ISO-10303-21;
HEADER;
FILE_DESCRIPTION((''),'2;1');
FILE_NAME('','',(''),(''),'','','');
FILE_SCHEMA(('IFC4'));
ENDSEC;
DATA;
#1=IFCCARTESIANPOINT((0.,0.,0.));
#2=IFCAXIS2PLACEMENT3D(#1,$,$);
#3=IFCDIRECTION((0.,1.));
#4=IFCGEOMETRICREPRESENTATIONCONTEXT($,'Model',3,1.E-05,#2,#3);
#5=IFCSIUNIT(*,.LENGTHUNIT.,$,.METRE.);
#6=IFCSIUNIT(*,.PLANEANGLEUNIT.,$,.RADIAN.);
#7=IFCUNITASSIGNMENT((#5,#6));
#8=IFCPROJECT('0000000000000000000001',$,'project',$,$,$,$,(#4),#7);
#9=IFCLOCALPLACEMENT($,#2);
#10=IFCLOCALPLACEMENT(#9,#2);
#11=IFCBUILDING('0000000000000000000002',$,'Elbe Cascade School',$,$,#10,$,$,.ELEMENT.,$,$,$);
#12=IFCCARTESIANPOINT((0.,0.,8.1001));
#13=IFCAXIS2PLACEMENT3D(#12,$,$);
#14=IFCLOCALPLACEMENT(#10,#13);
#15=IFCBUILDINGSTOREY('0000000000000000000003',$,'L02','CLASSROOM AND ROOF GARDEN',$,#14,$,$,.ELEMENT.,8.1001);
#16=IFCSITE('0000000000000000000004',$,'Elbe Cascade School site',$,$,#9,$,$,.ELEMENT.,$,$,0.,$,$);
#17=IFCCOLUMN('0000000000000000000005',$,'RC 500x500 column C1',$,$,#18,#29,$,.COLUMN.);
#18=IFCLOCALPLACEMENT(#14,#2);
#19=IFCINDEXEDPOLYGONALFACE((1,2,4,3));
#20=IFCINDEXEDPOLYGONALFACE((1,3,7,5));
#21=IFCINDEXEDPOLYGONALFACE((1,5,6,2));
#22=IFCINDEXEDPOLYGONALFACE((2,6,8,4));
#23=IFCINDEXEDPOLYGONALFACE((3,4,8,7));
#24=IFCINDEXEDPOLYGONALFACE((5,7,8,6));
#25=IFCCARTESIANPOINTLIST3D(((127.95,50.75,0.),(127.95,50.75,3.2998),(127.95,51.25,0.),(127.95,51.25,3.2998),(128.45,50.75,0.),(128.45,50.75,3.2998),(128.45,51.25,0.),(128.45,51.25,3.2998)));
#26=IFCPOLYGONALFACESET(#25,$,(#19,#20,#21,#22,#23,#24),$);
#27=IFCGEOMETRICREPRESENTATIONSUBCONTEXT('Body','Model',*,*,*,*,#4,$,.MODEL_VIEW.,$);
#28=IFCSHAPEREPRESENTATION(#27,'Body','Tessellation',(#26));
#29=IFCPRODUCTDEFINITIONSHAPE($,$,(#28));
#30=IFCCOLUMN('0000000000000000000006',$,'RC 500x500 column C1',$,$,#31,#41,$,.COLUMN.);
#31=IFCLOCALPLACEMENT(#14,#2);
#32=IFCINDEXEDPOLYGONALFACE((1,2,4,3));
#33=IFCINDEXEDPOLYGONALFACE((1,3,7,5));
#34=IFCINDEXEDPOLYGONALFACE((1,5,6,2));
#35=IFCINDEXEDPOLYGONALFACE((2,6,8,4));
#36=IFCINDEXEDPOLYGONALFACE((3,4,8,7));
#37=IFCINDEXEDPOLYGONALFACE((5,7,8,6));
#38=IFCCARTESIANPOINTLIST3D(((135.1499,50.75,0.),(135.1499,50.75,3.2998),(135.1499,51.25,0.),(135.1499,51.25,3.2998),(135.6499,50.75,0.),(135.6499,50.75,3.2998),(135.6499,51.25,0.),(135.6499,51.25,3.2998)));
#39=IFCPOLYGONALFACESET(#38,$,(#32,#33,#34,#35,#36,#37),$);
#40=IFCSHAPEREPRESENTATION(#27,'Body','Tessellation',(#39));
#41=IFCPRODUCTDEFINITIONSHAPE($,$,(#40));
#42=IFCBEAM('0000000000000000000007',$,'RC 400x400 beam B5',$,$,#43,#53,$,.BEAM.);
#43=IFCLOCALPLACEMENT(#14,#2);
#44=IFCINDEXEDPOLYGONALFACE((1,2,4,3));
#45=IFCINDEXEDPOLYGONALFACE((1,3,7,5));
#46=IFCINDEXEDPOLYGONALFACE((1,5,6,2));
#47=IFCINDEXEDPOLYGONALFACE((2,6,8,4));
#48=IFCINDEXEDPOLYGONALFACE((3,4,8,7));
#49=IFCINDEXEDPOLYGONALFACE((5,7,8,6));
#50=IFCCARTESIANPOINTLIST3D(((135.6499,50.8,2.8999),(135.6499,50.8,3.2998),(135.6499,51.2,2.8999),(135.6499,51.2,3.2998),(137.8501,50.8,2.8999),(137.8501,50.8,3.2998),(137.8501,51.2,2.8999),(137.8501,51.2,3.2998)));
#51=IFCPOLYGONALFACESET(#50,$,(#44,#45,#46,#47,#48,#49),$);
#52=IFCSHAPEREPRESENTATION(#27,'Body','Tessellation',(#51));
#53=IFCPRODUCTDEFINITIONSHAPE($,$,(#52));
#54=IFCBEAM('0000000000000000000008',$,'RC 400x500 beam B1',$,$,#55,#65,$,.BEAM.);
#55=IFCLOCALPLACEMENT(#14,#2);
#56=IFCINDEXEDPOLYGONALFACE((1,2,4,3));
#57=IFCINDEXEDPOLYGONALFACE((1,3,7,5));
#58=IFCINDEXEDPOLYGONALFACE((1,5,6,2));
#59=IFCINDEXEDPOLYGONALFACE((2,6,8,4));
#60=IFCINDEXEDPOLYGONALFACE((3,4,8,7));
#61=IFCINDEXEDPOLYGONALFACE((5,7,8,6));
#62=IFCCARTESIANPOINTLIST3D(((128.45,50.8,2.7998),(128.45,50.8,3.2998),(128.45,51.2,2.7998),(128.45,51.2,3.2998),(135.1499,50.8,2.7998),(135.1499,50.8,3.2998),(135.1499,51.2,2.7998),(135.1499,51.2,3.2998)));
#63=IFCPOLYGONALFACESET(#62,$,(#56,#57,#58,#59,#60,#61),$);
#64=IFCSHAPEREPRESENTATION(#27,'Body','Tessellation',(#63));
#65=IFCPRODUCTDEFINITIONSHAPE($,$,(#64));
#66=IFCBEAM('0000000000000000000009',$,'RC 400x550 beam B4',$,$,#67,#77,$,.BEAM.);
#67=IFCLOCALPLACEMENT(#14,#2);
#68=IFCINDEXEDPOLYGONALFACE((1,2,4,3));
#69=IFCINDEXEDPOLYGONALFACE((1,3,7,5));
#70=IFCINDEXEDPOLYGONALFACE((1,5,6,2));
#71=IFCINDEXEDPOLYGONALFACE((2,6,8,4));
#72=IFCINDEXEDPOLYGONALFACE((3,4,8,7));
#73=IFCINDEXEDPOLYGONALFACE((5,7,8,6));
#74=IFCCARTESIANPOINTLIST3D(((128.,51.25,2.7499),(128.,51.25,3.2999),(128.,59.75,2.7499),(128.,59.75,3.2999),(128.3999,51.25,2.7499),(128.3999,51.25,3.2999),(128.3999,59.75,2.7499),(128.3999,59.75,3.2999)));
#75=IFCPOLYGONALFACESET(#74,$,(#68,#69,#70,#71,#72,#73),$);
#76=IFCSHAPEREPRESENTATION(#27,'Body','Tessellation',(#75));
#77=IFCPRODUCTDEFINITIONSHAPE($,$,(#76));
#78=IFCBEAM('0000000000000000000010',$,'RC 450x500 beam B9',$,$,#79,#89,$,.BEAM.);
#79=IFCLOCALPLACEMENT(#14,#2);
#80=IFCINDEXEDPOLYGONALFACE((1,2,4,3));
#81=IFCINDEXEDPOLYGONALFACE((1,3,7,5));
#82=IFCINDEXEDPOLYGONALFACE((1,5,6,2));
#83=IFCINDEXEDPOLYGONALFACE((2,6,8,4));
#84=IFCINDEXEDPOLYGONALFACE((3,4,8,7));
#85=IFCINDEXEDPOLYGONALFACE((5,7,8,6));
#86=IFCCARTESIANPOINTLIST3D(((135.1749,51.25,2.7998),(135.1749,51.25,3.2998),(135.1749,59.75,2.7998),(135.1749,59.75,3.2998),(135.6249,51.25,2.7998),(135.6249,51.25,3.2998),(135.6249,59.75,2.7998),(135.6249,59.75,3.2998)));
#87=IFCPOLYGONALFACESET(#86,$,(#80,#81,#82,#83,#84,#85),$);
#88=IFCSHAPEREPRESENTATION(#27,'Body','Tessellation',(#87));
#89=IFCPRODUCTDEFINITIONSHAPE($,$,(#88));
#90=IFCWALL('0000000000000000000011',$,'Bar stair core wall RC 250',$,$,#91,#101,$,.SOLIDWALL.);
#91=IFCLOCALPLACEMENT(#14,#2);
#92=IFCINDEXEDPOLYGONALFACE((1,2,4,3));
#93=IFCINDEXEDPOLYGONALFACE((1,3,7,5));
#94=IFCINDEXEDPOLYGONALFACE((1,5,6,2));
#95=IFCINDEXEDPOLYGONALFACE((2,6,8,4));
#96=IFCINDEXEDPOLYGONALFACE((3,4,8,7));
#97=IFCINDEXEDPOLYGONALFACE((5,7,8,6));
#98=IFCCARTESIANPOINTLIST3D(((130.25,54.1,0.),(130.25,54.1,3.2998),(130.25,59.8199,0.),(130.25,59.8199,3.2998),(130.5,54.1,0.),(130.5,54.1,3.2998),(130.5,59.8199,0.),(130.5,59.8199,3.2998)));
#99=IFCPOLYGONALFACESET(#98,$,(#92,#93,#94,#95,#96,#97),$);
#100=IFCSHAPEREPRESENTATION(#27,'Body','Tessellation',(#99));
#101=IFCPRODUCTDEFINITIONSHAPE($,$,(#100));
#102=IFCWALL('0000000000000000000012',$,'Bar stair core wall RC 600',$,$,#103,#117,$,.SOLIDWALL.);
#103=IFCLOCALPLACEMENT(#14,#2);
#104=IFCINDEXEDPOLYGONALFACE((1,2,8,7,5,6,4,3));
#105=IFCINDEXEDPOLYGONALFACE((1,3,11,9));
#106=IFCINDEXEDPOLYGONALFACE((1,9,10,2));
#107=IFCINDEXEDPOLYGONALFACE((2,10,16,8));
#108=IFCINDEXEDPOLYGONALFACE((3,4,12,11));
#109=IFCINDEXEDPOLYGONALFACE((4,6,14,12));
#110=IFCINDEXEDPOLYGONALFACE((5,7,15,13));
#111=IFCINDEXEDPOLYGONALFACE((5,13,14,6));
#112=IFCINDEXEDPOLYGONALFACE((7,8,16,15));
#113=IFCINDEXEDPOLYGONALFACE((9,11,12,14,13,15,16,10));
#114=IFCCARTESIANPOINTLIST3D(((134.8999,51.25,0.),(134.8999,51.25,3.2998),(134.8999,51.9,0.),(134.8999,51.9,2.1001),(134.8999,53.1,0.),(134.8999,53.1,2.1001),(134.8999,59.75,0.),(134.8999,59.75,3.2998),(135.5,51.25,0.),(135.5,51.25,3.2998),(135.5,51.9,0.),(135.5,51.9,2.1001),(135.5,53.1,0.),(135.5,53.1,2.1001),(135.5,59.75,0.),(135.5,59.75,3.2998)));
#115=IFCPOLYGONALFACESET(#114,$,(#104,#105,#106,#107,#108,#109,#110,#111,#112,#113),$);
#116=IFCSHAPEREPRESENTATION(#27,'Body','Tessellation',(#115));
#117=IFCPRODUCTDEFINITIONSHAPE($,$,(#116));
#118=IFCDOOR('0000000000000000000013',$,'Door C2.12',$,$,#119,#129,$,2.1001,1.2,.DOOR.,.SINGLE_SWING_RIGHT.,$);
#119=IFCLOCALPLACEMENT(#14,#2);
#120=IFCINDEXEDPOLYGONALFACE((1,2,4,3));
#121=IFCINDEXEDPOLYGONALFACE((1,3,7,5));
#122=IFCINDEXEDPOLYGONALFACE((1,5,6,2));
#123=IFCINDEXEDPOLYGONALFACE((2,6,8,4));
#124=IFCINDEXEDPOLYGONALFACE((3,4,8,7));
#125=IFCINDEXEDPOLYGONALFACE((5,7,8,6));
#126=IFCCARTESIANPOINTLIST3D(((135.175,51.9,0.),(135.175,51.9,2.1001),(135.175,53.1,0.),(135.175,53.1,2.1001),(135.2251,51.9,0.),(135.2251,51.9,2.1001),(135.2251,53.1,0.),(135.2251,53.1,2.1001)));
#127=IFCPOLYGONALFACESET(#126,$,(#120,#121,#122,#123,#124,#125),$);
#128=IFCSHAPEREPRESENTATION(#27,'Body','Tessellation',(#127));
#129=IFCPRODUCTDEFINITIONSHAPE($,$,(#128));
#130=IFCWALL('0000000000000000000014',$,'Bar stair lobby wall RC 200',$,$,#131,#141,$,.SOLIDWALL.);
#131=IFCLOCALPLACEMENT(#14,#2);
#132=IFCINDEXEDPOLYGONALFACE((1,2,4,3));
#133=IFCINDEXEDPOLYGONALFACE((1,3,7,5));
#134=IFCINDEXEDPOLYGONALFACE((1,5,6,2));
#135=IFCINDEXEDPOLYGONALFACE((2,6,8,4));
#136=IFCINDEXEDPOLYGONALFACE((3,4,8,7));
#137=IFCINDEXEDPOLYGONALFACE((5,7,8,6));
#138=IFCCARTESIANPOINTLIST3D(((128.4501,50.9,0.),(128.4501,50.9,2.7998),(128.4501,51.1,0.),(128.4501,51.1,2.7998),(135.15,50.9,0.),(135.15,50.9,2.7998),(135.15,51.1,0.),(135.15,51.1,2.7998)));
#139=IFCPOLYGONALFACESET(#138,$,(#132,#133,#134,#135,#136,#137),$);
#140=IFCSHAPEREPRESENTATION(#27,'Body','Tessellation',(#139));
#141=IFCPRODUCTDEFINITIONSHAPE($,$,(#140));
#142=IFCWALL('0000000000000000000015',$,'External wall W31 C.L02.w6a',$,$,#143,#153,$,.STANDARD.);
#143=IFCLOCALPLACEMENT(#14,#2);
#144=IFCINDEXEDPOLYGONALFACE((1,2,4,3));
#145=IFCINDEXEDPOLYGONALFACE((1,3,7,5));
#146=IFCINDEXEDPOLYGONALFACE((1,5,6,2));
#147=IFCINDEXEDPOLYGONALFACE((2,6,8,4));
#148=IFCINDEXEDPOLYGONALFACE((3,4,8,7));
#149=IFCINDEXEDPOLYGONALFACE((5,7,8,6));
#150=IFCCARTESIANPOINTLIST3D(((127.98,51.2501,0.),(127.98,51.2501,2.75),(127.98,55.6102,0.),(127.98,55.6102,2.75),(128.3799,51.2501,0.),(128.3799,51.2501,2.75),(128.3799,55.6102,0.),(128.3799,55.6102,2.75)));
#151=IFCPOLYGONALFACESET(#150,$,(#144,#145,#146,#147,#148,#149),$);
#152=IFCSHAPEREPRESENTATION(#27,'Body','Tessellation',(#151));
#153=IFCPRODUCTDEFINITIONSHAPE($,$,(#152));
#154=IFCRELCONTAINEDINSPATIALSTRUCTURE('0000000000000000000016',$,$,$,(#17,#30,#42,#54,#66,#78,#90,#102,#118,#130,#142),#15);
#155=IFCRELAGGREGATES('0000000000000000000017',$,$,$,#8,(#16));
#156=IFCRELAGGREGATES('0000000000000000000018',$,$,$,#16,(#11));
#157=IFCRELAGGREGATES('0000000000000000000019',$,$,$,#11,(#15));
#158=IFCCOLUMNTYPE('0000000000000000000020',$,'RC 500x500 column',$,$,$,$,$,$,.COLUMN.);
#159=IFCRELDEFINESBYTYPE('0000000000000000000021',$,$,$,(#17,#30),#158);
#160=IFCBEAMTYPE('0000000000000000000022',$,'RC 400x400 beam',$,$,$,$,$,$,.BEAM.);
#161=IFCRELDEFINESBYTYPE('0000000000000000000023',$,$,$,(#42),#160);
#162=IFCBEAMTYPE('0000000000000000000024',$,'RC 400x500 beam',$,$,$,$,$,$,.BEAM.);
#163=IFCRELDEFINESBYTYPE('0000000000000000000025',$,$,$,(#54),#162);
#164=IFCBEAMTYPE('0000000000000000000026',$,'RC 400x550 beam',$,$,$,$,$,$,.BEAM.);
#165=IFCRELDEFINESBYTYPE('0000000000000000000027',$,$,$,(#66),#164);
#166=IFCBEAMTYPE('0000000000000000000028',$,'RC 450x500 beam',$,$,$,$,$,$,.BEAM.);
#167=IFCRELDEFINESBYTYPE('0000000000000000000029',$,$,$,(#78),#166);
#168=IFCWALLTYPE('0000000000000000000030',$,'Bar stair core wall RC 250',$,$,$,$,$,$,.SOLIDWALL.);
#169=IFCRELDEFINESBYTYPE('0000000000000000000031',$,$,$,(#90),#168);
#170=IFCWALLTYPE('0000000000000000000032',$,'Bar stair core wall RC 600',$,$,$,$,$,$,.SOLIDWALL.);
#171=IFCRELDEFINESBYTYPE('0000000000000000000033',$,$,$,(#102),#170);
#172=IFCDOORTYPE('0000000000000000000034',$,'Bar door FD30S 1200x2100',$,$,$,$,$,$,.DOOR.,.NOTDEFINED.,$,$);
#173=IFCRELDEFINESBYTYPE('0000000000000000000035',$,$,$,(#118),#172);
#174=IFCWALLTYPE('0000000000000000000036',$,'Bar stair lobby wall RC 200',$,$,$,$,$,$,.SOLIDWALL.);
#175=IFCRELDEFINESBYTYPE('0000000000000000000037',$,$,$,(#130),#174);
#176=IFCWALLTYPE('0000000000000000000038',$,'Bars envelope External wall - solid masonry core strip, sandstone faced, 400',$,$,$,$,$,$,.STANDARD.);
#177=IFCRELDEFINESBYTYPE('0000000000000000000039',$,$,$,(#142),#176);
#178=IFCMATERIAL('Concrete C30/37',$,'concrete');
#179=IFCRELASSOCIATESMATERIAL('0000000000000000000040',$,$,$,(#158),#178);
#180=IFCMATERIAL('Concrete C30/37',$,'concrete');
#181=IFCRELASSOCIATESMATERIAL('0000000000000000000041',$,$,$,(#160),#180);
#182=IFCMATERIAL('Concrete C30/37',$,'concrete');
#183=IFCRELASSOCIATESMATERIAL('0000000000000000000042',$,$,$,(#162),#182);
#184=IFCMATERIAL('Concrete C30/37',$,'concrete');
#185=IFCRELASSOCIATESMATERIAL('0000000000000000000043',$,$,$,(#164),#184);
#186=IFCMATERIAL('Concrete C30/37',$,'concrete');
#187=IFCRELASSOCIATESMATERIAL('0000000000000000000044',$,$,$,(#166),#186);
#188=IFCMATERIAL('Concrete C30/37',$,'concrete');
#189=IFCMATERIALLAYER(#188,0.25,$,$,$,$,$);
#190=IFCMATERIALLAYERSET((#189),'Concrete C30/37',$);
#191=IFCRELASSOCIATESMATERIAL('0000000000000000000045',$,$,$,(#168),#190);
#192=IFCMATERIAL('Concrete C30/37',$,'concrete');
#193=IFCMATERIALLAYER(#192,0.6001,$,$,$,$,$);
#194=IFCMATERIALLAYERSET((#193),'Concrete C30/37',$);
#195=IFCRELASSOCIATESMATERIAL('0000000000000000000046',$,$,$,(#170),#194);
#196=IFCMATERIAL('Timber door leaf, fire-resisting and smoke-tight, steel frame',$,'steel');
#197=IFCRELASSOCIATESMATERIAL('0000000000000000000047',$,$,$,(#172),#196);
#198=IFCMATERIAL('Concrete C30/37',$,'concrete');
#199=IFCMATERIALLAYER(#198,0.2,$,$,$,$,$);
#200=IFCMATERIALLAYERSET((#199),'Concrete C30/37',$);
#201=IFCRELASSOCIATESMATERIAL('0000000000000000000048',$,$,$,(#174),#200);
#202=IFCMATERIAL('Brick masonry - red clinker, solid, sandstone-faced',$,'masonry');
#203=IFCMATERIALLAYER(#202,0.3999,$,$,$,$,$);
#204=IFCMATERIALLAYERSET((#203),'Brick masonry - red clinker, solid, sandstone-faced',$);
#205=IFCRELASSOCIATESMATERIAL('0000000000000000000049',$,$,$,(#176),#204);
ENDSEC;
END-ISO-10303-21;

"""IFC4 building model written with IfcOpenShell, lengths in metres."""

from ifc_helpers import new_model, si_unit, direction, frame, frame_2d, origin, origin_2d, place, context, subcontext, project, spatial, rectangle, extrude, material, layer, layer_set, material_profile, profile_set, type_object, element, fill, save


model = new_model("IFC4")

# Units and contexts
model_context = context("Model", 3, precision=1e-05, world=origin(), true_north=direction((0.0, 1.0)))
body_context = subcontext(model_context, "Body", "Model", "MODEL_VIEW")
ifc_project = project(units=[si_unit("LENGTHUNIT", "METRE"), si_unit("PLANEANGLEUNIT", "RADIAN")], contexts=[model_context])

# Site, building, storey
site_placement = place(None, origin())
site = spatial("IfcSite", under=ifc_project, at=site_placement, Name="Elbe Cascade School site", CompositionType="ELEMENT", RefElevation=0.0)
building_placement = place(site_placement, origin())
building = spatial("IfcBuilding", under=site, at=building_placement, Name="Elbe Cascade School", CompositionType="ELEMENT")
storey_placement = place(building_placement, frame((0.0, 0.0, 8.1001)))
storey = spatial("IfcBuildingStorey", under=building, at=storey_placement, Name="L02", Description="CLASSROOM AND ROOF GARDEN", CompositionType="ELEMENT", Elevation=8.1001)

# Columns
ifc_material_1 = material(Name="Concrete C30/37", Category="concrete")
ifc_material_profile_1 = material_profile(ifc_material_1, rectangle(XDim=0.5, YDim=0.5, at=origin_2d()), Name="RC 500x500")
ifc_profile_set_1 = profile_set([ifc_material_profile_1], Name="Concrete C30/37")
column_type = type_object("IfcColumnType", Name="RC 500x500 column", PredefinedType="COLUMN", material=ifc_profile_set_1)
for number, where, z_axis, x_axis, name in (
    (1, (128.2, 51.0, 0.0), (0.0, 0.0, 1.0), (1.0, 0.0, 0.0), "RC 500x500 column C1"),
    (2, (135.3999, 51.0, 0.0), (0.0, 0.0, 1.0), (1.0, 0.0, 0.0), "RC 500x500 column C1"),
):
    element("IfcColumn", number, at=place(storey_placement, frame(where, z_axis=z_axis, x_axis=x_axis)), inside=storey, type_object=column_type, Name=name, PredefinedType="COLUMN", context=body_context, shape_type="SweptSolid", body=[
        extrude(rectangle(XDim=0.5, YDim=0.5, at=origin_2d()), origin(), (0.0, 0.0, 1.0), 3.2998),
    ])

# Beams
ifc_material_2 = material(Name="Concrete C30/37", Category="concrete")
ifc_material_profile_2 = material_profile(ifc_material_2, rectangle(XDim=0.3999, YDim=0.3999, at=origin_2d()), Name="RC 400x400")
ifc_profile_set_2 = profile_set([ifc_material_profile_2], Name="Concrete C30/37")
beam_type_1 = type_object("IfcBeamType", Name="RC 400x400 beam", PredefinedType="BEAM", material=ifc_profile_set_2)
beam_1_placement = place(storey_placement, frame((135.6499, 51.0, 3.0999), z_axis=(1.0, 0.0, 0.0), x_axis=(0.0, 1.0, 0.0)))
element("IfcBeam", 3, at=beam_1_placement, inside=storey, type_object=beam_type_1, Name="RC 400x400 beam B5", PredefinedType="BEAM", context=body_context, shape_type="SweptSolid", body=[
    extrude(rectangle(XDim=0.3999, YDim=0.3999, at=origin_2d()), origin(), (0.0, 0.0, 1.0), 2.2002),
])
ifc_material_3 = material(Name="Concrete C30/37", Category="concrete")
ifc_material_profile_3 = material_profile(ifc_material_3, rectangle(XDim=0.3999, YDim=0.5, at=origin_2d()), Name="RC 400x500")
ifc_profile_set_3 = profile_set([ifc_material_profile_3], Name="Concrete C30/37")
beam_type_2 = type_object("IfcBeamType", Name="RC 400x500 beam", PredefinedType="BEAM", material=ifc_profile_set_3)
beam_2_placement = place(storey_placement, frame((128.45, 51.0, 3.0498), z_axis=(1.0, 0.0, 0.0), x_axis=(0.0, 1.0, 0.0)))
element("IfcBeam", 4, at=beam_2_placement, inside=storey, type_object=beam_type_2, Name="RC 400x500 beam B1", PredefinedType="BEAM", context=body_context, shape_type="SweptSolid", body=[
    extrude(rectangle(XDim=0.3999, YDim=0.5, at=origin_2d()), origin(), (0.0, 0.0, 1.0), 6.7),
])
ifc_material_4 = material(Name="Concrete C30/37", Category="concrete")
ifc_material_profile_4 = material_profile(ifc_material_4, rectangle(XDim=0.3999, YDim=0.55, at=origin_2d()), Name="RC 400x550")
ifc_profile_set_4 = profile_set([ifc_material_profile_4], Name="Concrete C30/37")
beam_type_3 = type_object("IfcBeamType", Name="RC 400x550 beam", PredefinedType="BEAM", material=ifc_profile_set_4)
beam_3_placement = place(storey_placement, frame((128.2, 51.25, 3.0249), z_axis=(0.0, 1.0, 0.0), x_axis=(-1.0, 0.0, 0.0)))
element("IfcBeam", 5, at=beam_3_placement, inside=storey, type_object=beam_type_3, Name="RC 400x550 beam B4", PredefinedType="BEAM", context=body_context, shape_type="SweptSolid", body=[
    extrude(rectangle(XDim=0.3999, YDim=0.55, at=origin_2d()), origin(), (0.0, 0.0, 1.0), 8.5),
])
ifc_material_5 = material(Name="Concrete C30/37", Category="concrete")
ifc_material_profile_5 = material_profile(ifc_material_5, rectangle(XDim=0.45, YDim=0.5, at=origin_2d()), Name="RC 450x500")
ifc_profile_set_5 = profile_set([ifc_material_profile_5], Name="Concrete C30/37")
beam_type_4 = type_object("IfcBeamType", Name="RC 450x500 beam", PredefinedType="BEAM", material=ifc_profile_set_5)
beam_4_placement = place(storey_placement, frame((135.3999, 51.25, 3.0498), z_axis=(0.0, 1.0, 0.0), x_axis=(-1.0, 0.0, 0.0)))
element("IfcBeam", 6, at=beam_4_placement, inside=storey, type_object=beam_type_4, Name="RC 450x500 beam B9", PredefinedType="BEAM", context=body_context, shape_type="SweptSolid", body=[
    extrude(rectangle(XDim=0.45, YDim=0.5, at=origin_2d()), origin(), (0.0, 0.0, 1.0), 8.5),
])

# Wall
ifc_material_6 = material(Name="Concrete C30/37", Category="concrete")
ifc_layer_1 = layer(ifc_material_6, 0.25)
ifc_layer_set_1 = layer_set([ifc_layer_1], Name="Concrete C30/37")
wall_type_1 = type_object("IfcWallType", Name="Bar stair core wall RC 250", PredefinedType="SOLIDWALL", material=ifc_layer_set_1)
wall_1_placement = place(storey_placement, frame((130.375, 54.1001, 0.0), z_axis=(0.0, 0.0, 1.0), x_axis=(0.0, 1.0, 0.0)))
element("IfcWall", 7, at=wall_1_placement, inside=storey, type_object=wall_type_1, Name="Bar stair core wall RC 250", PredefinedType="SOLIDWALL", context=body_context, shape_type="SweptSolid", body=[
    extrude(rectangle(XDim=5.72, YDim=0.25, at=frame_2d((2.8599, 0.0))), origin(), (0.0, 0.0, 1.0), 3.2998),
])

# Wall, opening, door
ifc_material_7 = material(Name="Concrete C30/37", Category="concrete")
ifc_layer_2 = layer(ifc_material_7, 0.6001)
ifc_layer_set_2 = layer_set([ifc_layer_2], Name="Concrete C30/37")
wall_type_2 = type_object("IfcWallType", Name="Bar stair core wall RC 600", PredefinedType="SOLIDWALL", material=ifc_layer_set_2)
wall_2_placement = place(storey_placement, frame((135.2, 51.25, 0.0), z_axis=(0.0, 0.0, 1.0), x_axis=(0.0, 1.0, 0.0)))
wall_2 = element("IfcWall", 8, at=wall_2_placement, inside=storey, type_object=wall_type_2, Name="Bar stair core wall RC 600", PredefinedType="SOLIDWALL", context=body_context, shape_type="SweptSolid", body=[
    extrude(rectangle(XDim=8.5, YDim=0.6001, at=frame_2d((4.25, 0.0))), origin(), (0.0, 0.0, 1.0), 3.2998),
])
opening_placement = place(wall_2_placement, frame((0.6499, 0.0, 0.0)))
opening = element("IfcOpeningElement", 9, at=opening_placement, cuts=wall_2, PredefinedType="OPENING", context=body_context, shape_type="SweptSolid", body=[
    extrude(rectangle(XDim=1.2, YDim=2.1001, at=frame_2d((0.6001, 1.05))), frame((0.0, 0.3101, 0.0), z_axis=(0.0, -1.0, 0.0), x_axis=(1.0, 0.0, 0.0)), (0.0, 0.0, 1.0), 0.6201),
])
ifc_material_8 = material(Name="Timber door leaf, fire-resisting and smoke-tight, steel frame", Category="steel")
door_type = type_object("IfcDoorType", Name="Bar door FD30S 1200x2100", OperationType="NOTDEFINED", PredefinedType="DOOR", material=ifc_material_8)
door_placement = place(opening_placement, origin())
door = element("IfcDoor", 10, at=door_placement, inside=storey, type_object=door_type, Name="Door C2.12", OperationType="SINGLE_SWING_RIGHT", OverallHeight=2.1001, OverallWidth=1.2, PredefinedType="DOOR", context=body_context, shape_type="SweptSolid", body=[
    extrude(rectangle(XDim=1.2, YDim=2.1001, at=frame_2d((0.6001, 1.05))), frame((0.0, 0.0249, 0.0), z_axis=(0.0, -1.0, 0.0), x_axis=(1.0, 0.0, 0.0)), (0.0, 0.0, 1.0), 0.05),
])
fill(opening, door)

# Walls
ifc_material_9 = material(Name="Concrete C30/37", Category="concrete")
ifc_layer_3 = layer(ifc_material_9, 0.2)
ifc_layer_set_3 = layer_set([ifc_layer_3], Name="Concrete C30/37")
wall_type_3 = type_object("IfcWallType", Name="Bar stair lobby wall RC 200", PredefinedType="SOLIDWALL", material=ifc_layer_set_3)
wall_3_placement = place(storey_placement, frame((128.45, 51.0, 0.0), z_axis=(0.0, 0.0, 1.0), x_axis=(1.0, 0.0, 0.0)))
element("IfcWall", 11, at=wall_3_placement, inside=storey, type_object=wall_type_3, Name="Bar stair lobby wall RC 200", PredefinedType="SOLIDWALL", context=body_context, shape_type="SweptSolid", body=[
    extrude(rectangle(XDim=6.7, YDim=0.2, at=frame_2d((3.3501, 0.0))), origin(), (0.0, 0.0, 1.0), 2.7998),
])
ifc_material_10 = material(Name="Brick masonry - red clinker, solid, sandstone-faced", Category="masonry")
ifc_layer_4 = layer(ifc_material_10, 0.3999)
ifc_layer_set_4 = layer_set([ifc_layer_4], Name="Brick masonry - red clinker, solid, sandstone-faced")
wall_type_4 = type_object("IfcWallType", Name="Bars envelope External wall - solid masonry core strip, sandstone faced, 400", PredefinedType="STANDARD", material=ifc_layer_set_4)
wall_4_placement = place(storey_placement, frame((128.1799, 51.25, 0.0), z_axis=(0.0, 0.0, 1.0), x_axis=(0.0, 1.0, 0.0)))
element("IfcWall", 12, at=wall_4_placement, inside=storey, type_object=wall_type_4, Name="External wall W31 C.L02.w6a", PredefinedType="STANDARD", context=body_context, shape_type="SweptSolid", body=[
    extrude(rectangle(XDim=4.3601, YDim=0.3999, at=frame_2d((2.1802, 0.0))), origin(), (0.0, 0.0, 1.0), 2.75),
])

save(model, "model.ifc")
